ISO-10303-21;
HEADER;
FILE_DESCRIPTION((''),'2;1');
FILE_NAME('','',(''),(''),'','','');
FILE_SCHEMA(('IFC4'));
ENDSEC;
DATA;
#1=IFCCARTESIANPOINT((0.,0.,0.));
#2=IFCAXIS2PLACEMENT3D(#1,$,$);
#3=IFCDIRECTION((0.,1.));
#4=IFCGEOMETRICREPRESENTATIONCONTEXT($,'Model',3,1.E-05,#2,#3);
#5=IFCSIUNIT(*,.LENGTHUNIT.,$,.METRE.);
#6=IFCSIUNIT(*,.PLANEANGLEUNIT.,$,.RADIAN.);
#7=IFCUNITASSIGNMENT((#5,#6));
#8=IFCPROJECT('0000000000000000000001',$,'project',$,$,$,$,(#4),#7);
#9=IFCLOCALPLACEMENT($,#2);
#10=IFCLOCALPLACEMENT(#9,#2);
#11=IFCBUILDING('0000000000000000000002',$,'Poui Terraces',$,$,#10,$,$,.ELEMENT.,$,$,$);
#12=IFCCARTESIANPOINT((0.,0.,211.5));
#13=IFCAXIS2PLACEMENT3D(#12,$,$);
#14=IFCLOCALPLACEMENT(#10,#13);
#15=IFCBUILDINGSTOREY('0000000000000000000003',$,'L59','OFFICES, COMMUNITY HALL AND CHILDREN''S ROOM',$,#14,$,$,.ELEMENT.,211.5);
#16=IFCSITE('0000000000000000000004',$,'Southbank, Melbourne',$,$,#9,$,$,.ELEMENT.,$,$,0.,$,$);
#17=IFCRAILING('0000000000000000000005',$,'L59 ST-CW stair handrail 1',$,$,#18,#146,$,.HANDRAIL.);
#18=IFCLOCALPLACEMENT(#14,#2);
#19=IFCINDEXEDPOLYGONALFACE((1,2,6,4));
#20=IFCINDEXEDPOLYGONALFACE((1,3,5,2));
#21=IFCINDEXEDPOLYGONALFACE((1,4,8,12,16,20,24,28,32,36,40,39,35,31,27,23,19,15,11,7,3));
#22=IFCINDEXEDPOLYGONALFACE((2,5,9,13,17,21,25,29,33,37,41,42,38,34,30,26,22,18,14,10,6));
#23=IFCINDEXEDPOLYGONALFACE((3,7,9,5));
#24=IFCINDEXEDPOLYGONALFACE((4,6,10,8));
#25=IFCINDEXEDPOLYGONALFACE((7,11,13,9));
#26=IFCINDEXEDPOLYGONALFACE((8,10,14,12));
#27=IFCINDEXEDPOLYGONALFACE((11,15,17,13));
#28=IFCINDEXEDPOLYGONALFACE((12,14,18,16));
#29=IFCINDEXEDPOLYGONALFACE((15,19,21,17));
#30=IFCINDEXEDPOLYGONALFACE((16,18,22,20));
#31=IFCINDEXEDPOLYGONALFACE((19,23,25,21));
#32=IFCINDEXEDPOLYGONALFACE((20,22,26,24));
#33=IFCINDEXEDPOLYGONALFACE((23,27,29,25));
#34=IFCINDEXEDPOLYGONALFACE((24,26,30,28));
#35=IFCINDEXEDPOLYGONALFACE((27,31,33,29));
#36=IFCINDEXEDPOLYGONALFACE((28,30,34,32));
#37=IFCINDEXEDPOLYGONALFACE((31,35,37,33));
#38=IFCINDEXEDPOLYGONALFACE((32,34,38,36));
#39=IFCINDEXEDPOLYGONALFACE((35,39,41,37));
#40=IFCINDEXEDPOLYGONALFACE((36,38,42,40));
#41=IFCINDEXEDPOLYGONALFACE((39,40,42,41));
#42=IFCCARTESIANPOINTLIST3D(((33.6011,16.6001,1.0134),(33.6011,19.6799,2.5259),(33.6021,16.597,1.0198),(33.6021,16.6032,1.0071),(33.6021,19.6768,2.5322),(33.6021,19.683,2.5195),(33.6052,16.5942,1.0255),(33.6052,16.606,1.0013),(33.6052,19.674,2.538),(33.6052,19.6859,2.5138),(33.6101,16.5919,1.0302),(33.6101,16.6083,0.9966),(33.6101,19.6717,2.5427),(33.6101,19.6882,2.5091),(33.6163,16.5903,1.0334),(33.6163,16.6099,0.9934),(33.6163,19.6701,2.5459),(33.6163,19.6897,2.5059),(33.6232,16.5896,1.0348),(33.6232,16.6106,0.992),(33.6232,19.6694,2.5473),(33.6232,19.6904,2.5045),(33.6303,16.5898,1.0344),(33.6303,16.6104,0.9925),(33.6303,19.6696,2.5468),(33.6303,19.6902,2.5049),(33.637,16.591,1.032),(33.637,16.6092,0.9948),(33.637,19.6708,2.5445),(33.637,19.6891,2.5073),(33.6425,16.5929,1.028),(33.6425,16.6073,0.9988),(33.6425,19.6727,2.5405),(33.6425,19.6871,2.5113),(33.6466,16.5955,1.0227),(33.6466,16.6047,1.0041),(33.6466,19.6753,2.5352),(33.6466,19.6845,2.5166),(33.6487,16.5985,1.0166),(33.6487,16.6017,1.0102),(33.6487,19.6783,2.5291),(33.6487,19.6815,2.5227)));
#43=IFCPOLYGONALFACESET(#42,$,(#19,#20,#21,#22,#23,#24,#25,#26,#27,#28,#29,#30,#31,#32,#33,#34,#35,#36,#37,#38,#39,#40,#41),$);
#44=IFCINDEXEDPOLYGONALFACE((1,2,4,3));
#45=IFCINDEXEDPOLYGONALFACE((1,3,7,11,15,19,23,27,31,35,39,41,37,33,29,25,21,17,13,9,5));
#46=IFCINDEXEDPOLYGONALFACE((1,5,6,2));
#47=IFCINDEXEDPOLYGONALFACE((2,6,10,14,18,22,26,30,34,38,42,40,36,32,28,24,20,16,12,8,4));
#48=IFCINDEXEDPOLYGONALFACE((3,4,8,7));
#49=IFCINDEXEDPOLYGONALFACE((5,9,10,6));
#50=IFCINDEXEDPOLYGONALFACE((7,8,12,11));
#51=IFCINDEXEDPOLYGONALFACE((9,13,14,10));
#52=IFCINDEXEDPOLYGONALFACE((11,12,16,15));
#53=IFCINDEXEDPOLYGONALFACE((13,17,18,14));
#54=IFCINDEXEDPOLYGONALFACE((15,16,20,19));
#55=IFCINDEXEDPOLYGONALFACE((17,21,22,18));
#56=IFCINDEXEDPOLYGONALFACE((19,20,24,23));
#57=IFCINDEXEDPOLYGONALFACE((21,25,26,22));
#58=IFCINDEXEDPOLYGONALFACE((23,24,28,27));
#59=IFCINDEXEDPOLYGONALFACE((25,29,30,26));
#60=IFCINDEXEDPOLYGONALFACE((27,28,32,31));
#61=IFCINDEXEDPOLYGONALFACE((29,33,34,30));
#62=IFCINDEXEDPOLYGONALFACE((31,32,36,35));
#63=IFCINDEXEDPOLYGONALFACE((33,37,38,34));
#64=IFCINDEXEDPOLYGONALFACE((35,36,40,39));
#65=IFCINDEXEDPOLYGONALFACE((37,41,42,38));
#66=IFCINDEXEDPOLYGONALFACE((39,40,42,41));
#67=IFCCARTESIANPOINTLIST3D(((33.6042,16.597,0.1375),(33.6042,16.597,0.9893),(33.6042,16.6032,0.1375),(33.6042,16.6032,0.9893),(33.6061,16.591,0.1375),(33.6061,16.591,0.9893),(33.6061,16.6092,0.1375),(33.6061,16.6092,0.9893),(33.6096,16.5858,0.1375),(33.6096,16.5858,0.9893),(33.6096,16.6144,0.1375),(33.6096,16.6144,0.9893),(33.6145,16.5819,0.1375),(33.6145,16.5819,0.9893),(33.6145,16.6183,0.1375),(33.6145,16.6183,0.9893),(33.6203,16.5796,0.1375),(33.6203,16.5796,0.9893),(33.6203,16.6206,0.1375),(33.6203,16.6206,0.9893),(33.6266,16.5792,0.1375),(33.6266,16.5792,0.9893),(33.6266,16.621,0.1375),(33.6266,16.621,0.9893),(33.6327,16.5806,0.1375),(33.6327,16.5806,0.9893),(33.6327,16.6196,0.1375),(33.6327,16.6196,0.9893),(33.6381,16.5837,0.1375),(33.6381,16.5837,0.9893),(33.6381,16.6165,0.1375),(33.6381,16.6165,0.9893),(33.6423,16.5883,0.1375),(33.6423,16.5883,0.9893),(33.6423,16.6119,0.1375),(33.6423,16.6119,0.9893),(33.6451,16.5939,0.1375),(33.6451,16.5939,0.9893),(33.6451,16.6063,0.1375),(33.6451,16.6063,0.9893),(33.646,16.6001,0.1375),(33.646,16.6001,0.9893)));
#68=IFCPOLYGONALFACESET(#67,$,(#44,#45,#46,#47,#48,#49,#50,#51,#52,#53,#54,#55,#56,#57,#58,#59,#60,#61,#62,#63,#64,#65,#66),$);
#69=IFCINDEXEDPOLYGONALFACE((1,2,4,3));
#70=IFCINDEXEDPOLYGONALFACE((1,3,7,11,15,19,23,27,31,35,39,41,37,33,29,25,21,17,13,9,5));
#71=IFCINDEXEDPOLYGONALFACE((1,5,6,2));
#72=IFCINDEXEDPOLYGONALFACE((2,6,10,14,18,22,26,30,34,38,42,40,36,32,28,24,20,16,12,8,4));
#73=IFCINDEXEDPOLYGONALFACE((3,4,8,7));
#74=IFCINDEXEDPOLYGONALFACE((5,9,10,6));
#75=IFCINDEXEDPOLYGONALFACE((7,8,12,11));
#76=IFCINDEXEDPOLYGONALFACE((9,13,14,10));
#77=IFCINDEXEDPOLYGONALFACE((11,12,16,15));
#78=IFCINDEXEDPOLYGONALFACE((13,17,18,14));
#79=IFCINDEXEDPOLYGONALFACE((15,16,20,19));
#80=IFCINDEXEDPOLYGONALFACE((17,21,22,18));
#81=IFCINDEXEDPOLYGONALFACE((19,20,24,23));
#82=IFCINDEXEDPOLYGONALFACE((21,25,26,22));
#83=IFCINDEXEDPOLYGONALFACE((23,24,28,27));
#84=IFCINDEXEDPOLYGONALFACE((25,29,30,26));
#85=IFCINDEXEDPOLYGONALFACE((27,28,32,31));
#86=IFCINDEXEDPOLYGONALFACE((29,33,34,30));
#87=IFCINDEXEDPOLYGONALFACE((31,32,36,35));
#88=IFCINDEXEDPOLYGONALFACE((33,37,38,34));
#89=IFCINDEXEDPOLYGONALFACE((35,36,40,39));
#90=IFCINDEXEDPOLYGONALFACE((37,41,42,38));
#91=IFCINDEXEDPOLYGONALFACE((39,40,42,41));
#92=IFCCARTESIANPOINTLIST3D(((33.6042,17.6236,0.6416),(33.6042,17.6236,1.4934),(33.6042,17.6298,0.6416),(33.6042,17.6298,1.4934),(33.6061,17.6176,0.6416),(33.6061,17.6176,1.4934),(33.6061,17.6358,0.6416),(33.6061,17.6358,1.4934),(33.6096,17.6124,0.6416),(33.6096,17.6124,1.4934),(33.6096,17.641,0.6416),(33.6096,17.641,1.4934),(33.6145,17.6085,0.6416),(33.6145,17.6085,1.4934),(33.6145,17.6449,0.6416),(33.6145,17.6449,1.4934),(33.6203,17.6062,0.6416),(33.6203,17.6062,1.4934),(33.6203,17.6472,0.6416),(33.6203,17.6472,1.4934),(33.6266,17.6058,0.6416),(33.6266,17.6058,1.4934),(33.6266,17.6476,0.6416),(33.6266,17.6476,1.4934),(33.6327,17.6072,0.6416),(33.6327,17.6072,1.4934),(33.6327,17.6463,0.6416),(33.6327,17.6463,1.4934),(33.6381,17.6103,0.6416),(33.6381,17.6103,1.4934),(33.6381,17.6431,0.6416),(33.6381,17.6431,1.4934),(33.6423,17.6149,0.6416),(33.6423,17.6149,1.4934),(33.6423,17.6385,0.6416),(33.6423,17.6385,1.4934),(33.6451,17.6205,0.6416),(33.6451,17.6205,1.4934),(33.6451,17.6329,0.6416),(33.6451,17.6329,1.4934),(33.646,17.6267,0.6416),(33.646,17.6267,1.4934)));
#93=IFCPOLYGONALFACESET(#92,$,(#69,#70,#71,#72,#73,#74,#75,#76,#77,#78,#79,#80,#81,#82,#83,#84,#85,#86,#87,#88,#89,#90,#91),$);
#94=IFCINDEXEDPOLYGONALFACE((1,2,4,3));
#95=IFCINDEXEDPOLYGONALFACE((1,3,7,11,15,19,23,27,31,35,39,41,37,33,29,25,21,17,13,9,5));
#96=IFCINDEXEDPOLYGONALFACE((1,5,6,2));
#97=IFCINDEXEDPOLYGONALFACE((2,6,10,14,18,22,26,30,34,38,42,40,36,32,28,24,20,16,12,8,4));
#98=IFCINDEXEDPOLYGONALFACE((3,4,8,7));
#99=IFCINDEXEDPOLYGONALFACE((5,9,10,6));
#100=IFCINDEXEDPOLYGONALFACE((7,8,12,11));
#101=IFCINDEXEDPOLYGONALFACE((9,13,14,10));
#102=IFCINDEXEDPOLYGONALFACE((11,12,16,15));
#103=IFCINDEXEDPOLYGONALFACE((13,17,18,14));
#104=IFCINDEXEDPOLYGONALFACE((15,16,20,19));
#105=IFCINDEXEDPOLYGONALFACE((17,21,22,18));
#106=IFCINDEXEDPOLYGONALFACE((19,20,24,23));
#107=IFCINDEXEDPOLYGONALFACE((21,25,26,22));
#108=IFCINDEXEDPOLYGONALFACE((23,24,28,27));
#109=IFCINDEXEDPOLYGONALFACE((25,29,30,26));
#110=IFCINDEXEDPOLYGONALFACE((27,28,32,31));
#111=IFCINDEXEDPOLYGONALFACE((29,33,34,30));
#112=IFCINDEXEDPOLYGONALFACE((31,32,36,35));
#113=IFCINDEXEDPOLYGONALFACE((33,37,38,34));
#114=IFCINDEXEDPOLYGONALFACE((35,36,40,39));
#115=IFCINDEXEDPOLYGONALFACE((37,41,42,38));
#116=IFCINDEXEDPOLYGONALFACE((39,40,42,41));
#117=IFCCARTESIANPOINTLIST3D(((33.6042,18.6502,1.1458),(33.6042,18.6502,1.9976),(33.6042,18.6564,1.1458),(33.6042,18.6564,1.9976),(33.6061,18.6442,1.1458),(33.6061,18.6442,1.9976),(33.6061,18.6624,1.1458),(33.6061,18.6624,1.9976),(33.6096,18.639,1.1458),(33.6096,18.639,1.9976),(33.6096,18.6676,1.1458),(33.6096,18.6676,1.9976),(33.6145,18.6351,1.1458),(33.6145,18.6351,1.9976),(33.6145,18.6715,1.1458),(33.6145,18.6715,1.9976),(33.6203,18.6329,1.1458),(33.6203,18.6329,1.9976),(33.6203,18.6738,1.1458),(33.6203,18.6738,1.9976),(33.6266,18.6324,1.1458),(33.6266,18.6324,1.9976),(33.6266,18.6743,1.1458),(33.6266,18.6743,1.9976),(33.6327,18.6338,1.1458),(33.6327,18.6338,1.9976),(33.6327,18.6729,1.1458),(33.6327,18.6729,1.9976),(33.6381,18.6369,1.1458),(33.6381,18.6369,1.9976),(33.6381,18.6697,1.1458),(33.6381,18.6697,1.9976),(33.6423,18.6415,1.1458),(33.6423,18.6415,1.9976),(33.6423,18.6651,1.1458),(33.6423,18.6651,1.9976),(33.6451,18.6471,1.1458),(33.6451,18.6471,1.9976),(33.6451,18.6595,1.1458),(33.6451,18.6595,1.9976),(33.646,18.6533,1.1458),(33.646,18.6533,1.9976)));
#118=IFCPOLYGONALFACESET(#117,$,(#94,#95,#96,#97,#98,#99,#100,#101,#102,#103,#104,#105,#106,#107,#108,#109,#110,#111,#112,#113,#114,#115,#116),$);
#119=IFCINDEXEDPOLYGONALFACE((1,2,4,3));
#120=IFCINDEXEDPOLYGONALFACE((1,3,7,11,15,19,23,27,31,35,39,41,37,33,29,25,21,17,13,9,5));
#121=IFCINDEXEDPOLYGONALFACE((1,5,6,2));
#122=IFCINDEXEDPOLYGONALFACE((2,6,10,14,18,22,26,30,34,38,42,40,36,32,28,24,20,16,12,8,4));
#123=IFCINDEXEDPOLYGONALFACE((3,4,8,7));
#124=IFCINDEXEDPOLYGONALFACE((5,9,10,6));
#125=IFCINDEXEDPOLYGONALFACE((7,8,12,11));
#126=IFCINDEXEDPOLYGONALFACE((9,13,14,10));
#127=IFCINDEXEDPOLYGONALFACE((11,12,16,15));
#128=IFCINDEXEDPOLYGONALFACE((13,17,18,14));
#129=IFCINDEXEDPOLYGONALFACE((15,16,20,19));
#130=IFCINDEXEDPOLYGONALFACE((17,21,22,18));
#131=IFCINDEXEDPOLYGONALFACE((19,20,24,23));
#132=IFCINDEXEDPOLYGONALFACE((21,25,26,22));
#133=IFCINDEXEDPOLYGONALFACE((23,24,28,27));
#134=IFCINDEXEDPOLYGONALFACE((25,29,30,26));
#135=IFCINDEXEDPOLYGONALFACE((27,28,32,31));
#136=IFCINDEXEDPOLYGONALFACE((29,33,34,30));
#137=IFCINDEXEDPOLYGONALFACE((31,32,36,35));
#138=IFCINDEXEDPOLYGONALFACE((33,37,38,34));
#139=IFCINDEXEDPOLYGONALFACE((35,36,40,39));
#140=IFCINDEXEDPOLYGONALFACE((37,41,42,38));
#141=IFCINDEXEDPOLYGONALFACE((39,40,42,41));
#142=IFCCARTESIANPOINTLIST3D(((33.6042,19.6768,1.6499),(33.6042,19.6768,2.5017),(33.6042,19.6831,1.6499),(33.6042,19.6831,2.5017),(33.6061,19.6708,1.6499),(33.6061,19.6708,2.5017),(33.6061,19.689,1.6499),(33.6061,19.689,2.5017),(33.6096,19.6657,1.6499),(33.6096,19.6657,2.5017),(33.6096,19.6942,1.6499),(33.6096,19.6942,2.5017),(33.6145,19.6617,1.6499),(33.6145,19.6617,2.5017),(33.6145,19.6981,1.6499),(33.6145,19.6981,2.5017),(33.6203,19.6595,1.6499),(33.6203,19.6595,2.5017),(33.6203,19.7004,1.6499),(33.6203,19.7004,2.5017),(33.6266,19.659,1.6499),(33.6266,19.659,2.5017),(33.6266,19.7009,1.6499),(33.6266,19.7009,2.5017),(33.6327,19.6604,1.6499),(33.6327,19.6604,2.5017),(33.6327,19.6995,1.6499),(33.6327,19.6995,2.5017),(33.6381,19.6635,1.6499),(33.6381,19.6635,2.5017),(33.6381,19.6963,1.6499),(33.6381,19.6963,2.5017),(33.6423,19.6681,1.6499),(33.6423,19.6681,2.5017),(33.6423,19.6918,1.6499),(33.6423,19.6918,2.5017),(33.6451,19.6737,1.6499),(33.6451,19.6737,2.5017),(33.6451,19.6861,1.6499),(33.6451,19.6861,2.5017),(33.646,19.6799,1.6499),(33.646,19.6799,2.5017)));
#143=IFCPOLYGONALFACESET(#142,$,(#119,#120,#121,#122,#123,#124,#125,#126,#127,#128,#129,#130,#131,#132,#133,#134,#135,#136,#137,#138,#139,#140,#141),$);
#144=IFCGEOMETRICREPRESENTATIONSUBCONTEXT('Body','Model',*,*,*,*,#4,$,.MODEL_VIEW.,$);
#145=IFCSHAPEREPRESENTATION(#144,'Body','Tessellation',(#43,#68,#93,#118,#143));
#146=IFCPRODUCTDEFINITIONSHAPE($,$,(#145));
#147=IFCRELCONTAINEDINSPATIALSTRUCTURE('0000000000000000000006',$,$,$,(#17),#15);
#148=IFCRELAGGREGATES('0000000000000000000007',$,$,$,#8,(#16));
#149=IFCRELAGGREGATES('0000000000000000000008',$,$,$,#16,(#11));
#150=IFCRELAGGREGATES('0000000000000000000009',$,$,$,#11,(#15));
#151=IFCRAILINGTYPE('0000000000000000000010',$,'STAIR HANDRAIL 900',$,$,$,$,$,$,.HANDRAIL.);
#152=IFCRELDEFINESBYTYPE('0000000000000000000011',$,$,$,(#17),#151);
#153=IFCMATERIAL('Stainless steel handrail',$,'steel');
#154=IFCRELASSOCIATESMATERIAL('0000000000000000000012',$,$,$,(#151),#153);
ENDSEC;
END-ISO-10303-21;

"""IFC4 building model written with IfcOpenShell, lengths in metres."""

from ifc_helpers import new_model, si_unit, direction, frame, origin, origin_2d, place, context, subcontext, project, spatial, circle, extrude, material, type_object, element, save


model = new_model("IFC4")

# Units and contexts
model_context = context("Model", 3, precision=1e-05, world=origin(), true_north=direction((0.0, 1.0)))
body_context = subcontext(model_context, "Body", "Model", "MODEL_VIEW")
ifc_project = project(units=[si_unit("LENGTHUNIT", "METRE"), si_unit("PLANEANGLEUNIT", "RADIAN")], contexts=[model_context])

# Site, building, storey
site_placement = place(None, origin())
site = spatial("IfcSite", under=ifc_project, at=site_placement, Name="Southbank, Melbourne", CompositionType="ELEMENT", RefElevation=0.0)
building_placement = place(site_placement, origin())
building = spatial("IfcBuilding", under=site, at=building_placement, Name="Poui Terraces", CompositionType="ELEMENT")
storey_placement = place(building_placement, frame((0.0, 0.0, 211.5)))
storey = spatial("IfcBuildingStorey", under=building, at=storey_placement, Name="L59", Description="OFFICES, COMMUNITY HALL AND CHILDREN'S ROOM", CompositionType="ELEMENT", Elevation=211.5)

# Railing
ifc_material_1 = material(Name="Stainless steel handrail", Category="steel")
railing_type_1 = type_object("IfcRailingType", Name="STAIR HANDRAIL 900", PredefinedType="HANDRAIL", material=ifc_material_1)
railing_1_placement = place(storey_placement, frame((33.625, 16.6001, 0.1375)))
element("IfcRailing", 1, at=railing_1_placement, inside=storey, type_object=railing_type_1, Name="L59 ST-CW stair handrail 1", PredefinedType="HANDRAIL", context=body_context, shape_type="SweptSolid", body=[
    extrude(circle(Radius=0.0239, at=origin_2d()), frame((0.0, 0.0, 0.876), z_axis=(0.0, 0.897606, 0.440798), x_axis=(-1.0, 0.0, 0.0)), (0.0, 0.0, 1.0), 3.4312),
    extrude(circle(Radius=0.021, at=origin_2d()), origin(), (0.0, 0.0, 1.0), 0.8518),
    extrude(circle(Radius=0.021, at=origin_2d()), frame((0.0, 1.0266, 0.5042)), (0.0, 0.0, 1.0), 0.8518),
    extrude(circle(Radius=0.021, at=origin_2d()), frame((0.0, 2.0532, 1.0083)), (0.0, 0.0, 1.0), 0.8518),
    extrude(circle(Radius=0.021, at=origin_2d()), frame((0.0, 3.0798, 1.5125)), (0.0, 0.0, 1.0), 0.8518),
])

save(model, "model.ifc")
